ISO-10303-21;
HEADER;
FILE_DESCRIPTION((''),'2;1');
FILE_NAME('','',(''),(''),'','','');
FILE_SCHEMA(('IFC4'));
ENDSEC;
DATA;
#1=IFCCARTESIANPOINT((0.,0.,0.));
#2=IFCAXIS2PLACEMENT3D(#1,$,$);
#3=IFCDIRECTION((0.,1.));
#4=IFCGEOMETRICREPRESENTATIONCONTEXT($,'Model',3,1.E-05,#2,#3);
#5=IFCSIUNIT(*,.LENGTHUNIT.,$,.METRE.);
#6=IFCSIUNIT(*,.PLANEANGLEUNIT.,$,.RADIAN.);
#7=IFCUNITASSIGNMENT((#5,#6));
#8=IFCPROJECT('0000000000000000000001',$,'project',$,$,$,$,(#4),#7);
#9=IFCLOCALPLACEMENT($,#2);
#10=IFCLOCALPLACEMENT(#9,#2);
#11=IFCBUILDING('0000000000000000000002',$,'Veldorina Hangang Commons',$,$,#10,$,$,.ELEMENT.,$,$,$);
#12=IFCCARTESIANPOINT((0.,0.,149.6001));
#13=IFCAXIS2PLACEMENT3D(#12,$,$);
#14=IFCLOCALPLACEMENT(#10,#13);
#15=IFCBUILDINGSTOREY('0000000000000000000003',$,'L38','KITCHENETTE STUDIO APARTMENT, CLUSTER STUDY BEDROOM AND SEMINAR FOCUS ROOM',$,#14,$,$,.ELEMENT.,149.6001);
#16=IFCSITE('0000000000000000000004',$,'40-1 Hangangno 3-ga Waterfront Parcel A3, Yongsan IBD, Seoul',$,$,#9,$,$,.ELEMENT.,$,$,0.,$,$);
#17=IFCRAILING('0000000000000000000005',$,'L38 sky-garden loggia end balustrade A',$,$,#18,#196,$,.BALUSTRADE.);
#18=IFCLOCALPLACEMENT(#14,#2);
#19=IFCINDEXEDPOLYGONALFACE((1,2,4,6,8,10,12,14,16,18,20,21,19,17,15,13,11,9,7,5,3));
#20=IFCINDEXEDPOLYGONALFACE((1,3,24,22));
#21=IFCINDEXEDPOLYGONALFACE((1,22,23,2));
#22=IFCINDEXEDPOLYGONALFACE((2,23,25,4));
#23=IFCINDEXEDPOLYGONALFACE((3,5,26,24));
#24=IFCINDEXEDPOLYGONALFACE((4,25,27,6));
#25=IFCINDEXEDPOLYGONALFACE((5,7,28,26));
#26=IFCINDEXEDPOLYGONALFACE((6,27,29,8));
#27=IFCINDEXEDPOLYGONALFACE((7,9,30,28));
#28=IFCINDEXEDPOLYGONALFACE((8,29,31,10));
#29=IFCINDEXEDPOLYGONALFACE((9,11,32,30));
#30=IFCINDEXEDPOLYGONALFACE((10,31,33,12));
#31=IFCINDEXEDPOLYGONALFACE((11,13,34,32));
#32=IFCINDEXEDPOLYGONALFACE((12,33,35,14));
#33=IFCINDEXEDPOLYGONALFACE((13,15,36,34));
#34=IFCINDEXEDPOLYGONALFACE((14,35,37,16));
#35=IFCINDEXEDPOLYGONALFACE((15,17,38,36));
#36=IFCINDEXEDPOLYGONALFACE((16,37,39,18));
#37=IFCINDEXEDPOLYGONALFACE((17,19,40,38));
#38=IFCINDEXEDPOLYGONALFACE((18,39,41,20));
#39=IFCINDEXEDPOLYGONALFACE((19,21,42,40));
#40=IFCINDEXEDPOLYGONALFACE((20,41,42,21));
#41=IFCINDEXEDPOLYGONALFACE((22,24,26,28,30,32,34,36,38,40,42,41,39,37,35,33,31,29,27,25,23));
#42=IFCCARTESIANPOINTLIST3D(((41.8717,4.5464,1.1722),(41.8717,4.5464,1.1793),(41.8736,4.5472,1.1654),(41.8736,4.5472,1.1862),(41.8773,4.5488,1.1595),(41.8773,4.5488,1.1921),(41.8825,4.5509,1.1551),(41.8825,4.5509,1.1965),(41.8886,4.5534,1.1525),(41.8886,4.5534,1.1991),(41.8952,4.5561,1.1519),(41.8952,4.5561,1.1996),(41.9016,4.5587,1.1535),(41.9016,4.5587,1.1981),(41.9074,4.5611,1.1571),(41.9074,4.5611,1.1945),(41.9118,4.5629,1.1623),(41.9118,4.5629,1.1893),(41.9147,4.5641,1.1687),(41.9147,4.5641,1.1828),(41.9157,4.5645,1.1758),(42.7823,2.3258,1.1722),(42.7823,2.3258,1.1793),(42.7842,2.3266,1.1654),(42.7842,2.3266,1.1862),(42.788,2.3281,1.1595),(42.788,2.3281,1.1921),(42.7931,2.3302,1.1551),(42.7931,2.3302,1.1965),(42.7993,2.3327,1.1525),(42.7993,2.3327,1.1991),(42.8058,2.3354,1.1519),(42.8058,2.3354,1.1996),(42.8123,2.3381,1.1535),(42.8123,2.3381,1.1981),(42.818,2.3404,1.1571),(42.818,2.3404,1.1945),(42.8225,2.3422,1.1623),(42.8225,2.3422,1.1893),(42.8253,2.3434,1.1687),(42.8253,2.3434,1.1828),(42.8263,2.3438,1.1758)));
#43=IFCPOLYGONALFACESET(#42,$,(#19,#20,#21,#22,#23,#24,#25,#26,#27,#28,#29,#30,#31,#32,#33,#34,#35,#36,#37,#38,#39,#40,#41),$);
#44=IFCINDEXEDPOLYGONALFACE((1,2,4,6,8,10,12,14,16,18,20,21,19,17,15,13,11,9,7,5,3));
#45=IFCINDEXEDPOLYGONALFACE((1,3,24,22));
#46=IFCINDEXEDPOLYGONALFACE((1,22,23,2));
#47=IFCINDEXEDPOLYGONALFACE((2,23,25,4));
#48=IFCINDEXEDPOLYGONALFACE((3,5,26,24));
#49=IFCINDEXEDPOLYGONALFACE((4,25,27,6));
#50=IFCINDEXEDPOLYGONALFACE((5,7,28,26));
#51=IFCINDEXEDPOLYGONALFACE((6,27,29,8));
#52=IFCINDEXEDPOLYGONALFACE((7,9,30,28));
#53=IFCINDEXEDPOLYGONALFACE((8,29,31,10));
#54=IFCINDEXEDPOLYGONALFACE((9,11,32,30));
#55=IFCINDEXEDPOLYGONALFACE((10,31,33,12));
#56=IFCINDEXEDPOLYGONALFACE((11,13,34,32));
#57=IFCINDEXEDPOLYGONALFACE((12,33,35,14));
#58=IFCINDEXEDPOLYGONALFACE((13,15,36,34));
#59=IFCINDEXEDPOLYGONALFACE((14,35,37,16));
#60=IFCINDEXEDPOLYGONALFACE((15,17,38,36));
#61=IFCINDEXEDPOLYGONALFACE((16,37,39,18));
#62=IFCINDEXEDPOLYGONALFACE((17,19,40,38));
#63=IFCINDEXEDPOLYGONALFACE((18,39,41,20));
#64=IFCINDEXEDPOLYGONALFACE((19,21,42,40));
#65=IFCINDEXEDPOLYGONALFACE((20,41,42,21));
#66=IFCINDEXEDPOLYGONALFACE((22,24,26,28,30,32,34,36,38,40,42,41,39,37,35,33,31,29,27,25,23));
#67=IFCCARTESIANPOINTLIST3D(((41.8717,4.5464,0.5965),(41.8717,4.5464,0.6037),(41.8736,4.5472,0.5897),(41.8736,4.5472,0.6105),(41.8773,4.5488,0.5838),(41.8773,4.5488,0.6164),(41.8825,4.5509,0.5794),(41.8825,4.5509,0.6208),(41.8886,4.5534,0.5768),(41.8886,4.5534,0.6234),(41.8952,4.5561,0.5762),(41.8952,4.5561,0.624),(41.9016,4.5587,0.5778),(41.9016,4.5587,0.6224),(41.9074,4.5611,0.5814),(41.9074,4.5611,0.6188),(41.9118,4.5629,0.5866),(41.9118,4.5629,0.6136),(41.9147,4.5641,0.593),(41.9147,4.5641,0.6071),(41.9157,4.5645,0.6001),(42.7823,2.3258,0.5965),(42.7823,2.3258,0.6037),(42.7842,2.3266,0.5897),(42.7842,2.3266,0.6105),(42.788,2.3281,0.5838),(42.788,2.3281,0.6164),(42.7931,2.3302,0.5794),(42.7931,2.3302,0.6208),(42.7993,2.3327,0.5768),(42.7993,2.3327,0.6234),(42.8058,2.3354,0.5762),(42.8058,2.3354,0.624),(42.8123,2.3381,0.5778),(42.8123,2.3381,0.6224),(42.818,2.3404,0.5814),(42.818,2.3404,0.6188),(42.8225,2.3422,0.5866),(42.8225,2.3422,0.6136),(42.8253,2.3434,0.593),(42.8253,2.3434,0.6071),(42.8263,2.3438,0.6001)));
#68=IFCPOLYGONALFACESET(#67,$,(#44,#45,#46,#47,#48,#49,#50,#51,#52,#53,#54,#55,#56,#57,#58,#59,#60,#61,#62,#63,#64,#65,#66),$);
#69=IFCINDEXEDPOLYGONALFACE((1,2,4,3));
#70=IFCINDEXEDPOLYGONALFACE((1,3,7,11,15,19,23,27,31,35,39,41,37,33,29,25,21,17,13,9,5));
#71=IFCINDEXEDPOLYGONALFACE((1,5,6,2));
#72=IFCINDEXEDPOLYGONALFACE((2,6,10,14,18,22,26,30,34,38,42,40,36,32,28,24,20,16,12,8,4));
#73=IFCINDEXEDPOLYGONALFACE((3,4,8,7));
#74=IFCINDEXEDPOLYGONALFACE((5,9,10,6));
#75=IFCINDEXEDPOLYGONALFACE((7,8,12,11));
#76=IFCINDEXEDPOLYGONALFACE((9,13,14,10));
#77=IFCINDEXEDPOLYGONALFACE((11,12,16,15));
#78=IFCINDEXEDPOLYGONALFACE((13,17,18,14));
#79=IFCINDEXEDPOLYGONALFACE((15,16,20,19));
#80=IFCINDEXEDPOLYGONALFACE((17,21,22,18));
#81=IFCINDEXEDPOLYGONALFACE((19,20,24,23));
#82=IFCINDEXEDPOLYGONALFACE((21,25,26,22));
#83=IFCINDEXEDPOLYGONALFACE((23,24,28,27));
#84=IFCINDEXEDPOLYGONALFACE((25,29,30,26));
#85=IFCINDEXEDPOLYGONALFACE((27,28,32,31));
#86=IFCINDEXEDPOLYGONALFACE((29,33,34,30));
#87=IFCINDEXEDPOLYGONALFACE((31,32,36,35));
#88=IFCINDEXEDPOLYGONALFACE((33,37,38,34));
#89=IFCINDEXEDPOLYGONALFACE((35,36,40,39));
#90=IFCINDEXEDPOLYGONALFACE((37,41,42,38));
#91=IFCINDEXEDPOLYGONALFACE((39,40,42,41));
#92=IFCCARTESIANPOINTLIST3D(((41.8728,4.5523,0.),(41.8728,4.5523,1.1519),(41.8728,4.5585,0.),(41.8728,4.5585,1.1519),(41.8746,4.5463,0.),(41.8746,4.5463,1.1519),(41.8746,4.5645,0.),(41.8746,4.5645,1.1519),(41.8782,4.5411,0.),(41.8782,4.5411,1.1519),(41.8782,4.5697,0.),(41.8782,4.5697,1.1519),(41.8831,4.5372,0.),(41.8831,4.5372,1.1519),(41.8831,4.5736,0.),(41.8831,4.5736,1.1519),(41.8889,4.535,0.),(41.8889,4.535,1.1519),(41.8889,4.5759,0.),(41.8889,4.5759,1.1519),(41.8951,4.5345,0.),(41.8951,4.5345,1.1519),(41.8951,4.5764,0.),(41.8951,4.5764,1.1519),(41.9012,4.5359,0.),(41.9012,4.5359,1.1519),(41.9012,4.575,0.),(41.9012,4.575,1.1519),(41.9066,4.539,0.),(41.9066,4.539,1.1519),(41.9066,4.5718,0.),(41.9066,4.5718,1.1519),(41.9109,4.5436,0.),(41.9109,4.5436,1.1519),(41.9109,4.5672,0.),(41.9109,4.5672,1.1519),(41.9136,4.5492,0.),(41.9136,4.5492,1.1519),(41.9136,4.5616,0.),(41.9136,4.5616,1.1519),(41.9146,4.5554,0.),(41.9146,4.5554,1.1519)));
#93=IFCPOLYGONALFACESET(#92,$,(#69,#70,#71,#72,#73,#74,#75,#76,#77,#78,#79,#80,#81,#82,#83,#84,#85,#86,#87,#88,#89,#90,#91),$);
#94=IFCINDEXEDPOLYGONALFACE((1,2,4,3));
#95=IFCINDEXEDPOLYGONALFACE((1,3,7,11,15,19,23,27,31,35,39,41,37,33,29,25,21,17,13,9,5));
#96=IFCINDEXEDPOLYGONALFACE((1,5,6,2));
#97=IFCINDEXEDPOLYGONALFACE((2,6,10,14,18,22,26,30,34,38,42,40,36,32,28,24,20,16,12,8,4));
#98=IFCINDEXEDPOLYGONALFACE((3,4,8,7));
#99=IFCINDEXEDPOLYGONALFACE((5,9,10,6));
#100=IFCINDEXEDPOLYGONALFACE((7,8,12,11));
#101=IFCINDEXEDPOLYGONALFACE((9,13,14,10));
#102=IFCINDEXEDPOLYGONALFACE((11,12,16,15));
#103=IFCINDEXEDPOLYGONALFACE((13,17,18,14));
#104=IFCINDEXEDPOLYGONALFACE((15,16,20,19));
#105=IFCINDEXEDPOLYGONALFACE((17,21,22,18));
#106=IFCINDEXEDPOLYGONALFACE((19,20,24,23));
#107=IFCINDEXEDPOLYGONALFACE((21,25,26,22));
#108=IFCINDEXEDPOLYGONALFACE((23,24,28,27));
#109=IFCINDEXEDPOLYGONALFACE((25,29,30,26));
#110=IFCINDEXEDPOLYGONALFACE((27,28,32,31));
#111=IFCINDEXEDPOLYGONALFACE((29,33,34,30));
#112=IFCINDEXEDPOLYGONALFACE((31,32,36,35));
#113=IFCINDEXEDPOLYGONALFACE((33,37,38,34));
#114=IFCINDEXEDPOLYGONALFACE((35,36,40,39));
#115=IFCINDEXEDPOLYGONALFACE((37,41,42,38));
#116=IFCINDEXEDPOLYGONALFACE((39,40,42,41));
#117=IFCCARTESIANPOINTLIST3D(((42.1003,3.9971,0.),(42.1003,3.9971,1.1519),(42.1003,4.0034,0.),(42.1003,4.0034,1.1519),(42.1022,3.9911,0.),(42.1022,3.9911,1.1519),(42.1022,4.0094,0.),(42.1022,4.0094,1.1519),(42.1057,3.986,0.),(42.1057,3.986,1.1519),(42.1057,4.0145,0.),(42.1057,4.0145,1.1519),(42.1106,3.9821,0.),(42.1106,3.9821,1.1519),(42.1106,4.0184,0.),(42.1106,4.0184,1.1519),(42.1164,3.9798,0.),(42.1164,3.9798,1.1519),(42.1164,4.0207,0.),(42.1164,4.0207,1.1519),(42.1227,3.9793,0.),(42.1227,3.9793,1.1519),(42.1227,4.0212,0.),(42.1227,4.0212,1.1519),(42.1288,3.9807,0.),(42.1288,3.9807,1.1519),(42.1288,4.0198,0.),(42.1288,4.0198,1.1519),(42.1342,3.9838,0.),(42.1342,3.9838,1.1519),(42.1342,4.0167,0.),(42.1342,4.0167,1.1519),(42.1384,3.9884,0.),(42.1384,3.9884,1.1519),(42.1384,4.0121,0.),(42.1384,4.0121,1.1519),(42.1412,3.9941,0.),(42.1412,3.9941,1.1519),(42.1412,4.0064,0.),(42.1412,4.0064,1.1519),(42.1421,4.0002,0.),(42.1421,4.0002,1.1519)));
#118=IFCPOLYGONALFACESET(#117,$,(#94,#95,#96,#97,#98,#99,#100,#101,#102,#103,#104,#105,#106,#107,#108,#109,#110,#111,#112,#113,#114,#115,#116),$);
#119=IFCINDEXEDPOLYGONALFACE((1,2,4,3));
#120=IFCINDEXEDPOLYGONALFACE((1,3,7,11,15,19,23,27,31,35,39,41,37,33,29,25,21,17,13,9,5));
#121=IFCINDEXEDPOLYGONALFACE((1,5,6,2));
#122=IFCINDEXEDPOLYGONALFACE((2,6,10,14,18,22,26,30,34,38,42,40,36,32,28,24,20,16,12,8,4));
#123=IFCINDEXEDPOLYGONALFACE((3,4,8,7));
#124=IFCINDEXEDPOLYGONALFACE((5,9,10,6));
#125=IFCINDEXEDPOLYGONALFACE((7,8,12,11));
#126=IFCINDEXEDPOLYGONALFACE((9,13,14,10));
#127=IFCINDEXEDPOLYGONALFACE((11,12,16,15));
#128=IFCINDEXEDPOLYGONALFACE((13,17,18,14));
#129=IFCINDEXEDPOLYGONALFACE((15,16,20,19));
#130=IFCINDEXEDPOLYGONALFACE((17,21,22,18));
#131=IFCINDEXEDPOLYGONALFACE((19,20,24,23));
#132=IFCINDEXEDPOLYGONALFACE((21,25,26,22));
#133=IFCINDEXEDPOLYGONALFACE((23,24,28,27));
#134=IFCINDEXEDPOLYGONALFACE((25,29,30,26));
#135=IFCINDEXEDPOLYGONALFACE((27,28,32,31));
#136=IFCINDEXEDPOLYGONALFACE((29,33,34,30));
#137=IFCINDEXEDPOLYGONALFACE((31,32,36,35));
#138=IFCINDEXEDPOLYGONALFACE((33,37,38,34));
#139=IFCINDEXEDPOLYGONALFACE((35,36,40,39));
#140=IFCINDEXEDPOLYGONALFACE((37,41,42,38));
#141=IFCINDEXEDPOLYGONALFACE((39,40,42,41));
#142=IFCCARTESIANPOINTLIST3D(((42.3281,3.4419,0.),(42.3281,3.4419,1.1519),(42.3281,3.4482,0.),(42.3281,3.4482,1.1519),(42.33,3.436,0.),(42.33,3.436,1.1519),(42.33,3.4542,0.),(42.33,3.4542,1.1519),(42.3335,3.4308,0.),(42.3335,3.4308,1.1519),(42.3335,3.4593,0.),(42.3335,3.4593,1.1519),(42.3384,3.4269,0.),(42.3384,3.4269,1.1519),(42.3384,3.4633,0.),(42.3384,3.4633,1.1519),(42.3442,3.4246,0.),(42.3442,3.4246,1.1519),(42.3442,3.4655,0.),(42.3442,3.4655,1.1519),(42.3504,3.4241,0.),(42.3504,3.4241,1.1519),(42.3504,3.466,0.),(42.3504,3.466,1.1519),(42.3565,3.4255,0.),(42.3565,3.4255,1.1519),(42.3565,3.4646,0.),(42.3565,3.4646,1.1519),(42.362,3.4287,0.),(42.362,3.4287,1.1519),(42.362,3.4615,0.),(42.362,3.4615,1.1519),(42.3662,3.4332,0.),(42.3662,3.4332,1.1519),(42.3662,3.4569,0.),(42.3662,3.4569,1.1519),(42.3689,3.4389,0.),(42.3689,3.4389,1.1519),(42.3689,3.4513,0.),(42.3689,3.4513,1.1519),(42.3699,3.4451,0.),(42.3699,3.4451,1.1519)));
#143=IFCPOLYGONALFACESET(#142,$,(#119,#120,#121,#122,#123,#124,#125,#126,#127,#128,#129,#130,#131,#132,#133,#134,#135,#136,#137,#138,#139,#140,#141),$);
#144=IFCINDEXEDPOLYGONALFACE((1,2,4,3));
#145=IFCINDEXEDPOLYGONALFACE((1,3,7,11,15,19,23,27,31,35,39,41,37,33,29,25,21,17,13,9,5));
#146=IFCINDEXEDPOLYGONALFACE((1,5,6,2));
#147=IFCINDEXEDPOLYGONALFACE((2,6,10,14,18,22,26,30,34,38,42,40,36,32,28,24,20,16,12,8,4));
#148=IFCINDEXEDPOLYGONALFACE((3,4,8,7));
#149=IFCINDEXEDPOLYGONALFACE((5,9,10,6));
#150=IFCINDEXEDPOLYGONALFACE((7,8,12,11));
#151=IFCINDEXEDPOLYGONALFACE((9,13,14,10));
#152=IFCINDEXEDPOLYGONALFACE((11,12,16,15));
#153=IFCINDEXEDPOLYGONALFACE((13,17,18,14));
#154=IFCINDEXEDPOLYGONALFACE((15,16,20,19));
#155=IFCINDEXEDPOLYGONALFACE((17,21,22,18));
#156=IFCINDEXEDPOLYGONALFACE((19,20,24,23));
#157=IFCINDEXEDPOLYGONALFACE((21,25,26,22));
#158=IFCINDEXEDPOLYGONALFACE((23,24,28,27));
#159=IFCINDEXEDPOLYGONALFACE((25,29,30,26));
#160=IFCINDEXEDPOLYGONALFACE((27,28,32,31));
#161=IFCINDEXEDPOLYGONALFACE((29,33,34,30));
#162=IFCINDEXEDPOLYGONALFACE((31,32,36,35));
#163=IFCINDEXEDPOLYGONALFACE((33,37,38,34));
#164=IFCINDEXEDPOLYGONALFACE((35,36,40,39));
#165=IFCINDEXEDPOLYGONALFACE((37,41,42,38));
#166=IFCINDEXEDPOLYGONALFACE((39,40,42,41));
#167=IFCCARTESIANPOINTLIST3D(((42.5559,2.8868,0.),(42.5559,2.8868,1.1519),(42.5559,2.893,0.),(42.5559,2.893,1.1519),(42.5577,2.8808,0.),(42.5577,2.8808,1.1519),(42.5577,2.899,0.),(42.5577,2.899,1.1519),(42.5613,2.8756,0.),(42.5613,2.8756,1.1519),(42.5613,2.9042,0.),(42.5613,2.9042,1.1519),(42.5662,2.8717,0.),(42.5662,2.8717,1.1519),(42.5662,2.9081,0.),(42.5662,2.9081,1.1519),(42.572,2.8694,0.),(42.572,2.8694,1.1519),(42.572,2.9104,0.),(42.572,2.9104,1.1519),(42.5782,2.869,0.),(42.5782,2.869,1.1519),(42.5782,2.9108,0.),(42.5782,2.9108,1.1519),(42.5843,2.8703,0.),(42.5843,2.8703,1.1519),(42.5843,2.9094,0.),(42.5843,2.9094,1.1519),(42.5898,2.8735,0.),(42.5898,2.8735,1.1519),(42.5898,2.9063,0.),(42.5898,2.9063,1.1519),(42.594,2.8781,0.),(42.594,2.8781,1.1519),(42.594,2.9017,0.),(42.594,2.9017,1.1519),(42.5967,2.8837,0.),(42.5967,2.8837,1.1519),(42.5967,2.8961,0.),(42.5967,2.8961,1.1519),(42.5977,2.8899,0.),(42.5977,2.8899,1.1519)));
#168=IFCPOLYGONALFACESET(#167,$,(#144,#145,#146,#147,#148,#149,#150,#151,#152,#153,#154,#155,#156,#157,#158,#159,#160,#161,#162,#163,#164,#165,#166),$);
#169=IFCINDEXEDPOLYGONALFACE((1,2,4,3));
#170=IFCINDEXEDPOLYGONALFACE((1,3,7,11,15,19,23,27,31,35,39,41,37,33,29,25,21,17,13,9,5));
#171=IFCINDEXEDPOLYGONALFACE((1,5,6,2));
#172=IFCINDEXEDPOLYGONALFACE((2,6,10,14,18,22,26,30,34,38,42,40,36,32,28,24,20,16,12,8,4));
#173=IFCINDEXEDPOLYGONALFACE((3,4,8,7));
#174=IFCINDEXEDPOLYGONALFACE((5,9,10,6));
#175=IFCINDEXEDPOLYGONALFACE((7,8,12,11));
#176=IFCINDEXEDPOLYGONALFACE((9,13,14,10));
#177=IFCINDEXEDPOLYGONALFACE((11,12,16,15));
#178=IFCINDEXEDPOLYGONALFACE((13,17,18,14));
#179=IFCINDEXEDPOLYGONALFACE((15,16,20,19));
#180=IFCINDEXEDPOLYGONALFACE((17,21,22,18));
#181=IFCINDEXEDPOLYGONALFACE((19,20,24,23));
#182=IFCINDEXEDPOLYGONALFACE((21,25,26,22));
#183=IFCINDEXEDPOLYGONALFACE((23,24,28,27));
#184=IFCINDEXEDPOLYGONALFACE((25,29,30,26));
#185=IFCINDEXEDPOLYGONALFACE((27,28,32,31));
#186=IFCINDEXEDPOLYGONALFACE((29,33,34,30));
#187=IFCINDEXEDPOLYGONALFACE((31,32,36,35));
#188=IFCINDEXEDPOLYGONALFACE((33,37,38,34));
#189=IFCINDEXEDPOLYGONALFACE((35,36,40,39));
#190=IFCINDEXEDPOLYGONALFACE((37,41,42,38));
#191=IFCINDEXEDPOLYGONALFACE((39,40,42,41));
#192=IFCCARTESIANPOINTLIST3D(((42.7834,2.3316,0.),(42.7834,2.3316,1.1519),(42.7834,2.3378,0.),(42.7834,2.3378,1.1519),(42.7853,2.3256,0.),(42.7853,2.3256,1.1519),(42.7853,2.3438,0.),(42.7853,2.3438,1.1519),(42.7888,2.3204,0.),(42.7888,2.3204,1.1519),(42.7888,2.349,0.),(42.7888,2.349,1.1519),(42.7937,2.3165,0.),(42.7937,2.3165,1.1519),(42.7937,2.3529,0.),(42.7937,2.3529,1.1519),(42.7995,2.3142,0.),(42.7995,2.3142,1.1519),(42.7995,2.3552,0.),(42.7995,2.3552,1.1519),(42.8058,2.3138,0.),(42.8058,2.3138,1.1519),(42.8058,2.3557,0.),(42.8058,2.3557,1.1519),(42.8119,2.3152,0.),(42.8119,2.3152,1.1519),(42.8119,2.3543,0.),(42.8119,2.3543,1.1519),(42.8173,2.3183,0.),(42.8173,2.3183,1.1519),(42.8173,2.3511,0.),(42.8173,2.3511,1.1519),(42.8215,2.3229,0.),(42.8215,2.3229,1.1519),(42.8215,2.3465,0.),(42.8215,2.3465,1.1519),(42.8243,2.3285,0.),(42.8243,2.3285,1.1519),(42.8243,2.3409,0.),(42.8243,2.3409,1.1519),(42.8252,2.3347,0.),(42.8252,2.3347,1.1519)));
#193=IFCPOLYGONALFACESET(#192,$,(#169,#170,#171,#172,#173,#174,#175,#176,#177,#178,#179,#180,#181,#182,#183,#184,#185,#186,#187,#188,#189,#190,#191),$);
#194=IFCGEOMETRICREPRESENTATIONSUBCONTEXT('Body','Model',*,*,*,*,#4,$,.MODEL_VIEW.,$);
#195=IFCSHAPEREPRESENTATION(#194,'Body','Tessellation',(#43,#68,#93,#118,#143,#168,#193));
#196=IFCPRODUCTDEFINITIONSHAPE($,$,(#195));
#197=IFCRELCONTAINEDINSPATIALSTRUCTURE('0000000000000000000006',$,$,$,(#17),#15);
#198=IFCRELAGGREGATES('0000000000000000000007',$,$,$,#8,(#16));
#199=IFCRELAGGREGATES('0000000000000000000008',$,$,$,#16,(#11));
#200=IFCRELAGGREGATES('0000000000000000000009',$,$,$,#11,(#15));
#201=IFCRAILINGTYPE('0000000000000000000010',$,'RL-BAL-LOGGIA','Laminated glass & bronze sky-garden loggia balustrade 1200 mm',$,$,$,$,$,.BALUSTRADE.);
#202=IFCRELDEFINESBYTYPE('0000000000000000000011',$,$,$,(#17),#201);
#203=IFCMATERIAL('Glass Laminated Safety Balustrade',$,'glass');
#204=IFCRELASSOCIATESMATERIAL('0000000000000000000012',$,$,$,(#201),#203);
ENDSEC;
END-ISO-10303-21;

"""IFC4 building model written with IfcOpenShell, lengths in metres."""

from ifc_helpers import new_model, si_unit, direction, frame, origin, origin_2d, place, context, subcontext, project, spatial, circle, extrude, material, type_object, element, save


model = new_model("IFC4")

# Units and contexts
model_context = context("Model", 3, precision=1e-05, world=origin(), true_north=direction((0.0, 1.0)))
body_context = subcontext(model_context, "Body", "Model", "MODEL_VIEW")
ifc_project = project(units=[si_unit("LENGTHUNIT", "METRE"), si_unit("PLANEANGLEUNIT", "RADIAN")], contexts=[model_context])

# Site, building, storey
site_placement = place(None, origin())
site = spatial("IfcSite", under=ifc_project, at=site_placement, Name="40-1 Hangangno 3-ga Waterfront Parcel A3, Yongsan IBD, Seoul", CompositionType="ELEMENT", RefElevation=0.0)
building_placement = place(site_placement, origin())
building = spatial("IfcBuilding", under=site, at=building_placement, Name="Veldorina Hangang Commons", CompositionType="ELEMENT")
storey_placement = place(building_placement, frame((0.0, 0.0, 149.6001)))
storey = spatial("IfcBuildingStorey", under=building, at=storey_placement, Name="L38", Description="KITCHENETTE STUDIO APARTMENT, CLUSTER STUDY BEDROOM AND SEMINAR FOCUS ROOM", CompositionType="ELEMENT", Elevation=149.6001)

# Railing
ifc_material_1 = material(Name="Glass Laminated Safety Balustrade", Category="glass")
railing_type = type_object("IfcRailingType", Name="RL-BAL-LOGGIA", Description="Laminated glass & bronze sky-garden loggia balustrade 1200 mm", PredefinedType="BALUSTRADE", material=ifc_material_1)
railing_1_placement = place(storey_placement, frame((41.8936, 4.5554, 0.0)))
element("IfcRailing", 1, at=railing_1_placement, inside=storey, type_object=railing_type, Name="L38 sky-garden loggia end balustrade A", PredefinedType="BALUSTRADE", context=body_context, shape_type="SweptSolid", body=[
    extrude(circle(Radius=0.0239, at=origin_2d()), frame((0.0, 0.0, 1.1758), z_axis=(0.379409, -0.925229, 0.0), x_axis=(0.925229, 0.379409, 0.0)), (0.0, 0.0, 1.0), 2.4001),
    extrude(circle(Radius=0.0239, at=origin_2d()), frame((0.0, 0.0, 0.6001), z_axis=(0.379409, -0.925229, 0.0), x_axis=(0.925229, 0.379409, 0.0)), (0.0, 0.0, 1.0), 2.4001),
    extrude(circle(Radius=0.021, at=origin_2d()), origin(), (0.0, 0.0, 1.0), 1.1519),
    extrude(circle(Radius=0.021, at=origin_2d()), frame((0.2275, -0.5552, 0.0)), (0.0, 0.0, 1.0), 1.1519),
    extrude(circle(Radius=0.021, at=origin_2d()), frame((0.4553, -1.1104, 0.0)), (0.0, 0.0, 1.0), 1.1519),
    extrude(circle(Radius=0.021, at=origin_2d()), frame((0.6831, -1.6655, 0.0)), (0.0, 0.0, 1.0), 1.1519),
    extrude(circle(Radius=0.021, at=origin_2d()), frame((0.9106, -2.2207, 0.0)), (0.0, 0.0, 1.0), 1.1519),
])

save(model, "model.ifc")
